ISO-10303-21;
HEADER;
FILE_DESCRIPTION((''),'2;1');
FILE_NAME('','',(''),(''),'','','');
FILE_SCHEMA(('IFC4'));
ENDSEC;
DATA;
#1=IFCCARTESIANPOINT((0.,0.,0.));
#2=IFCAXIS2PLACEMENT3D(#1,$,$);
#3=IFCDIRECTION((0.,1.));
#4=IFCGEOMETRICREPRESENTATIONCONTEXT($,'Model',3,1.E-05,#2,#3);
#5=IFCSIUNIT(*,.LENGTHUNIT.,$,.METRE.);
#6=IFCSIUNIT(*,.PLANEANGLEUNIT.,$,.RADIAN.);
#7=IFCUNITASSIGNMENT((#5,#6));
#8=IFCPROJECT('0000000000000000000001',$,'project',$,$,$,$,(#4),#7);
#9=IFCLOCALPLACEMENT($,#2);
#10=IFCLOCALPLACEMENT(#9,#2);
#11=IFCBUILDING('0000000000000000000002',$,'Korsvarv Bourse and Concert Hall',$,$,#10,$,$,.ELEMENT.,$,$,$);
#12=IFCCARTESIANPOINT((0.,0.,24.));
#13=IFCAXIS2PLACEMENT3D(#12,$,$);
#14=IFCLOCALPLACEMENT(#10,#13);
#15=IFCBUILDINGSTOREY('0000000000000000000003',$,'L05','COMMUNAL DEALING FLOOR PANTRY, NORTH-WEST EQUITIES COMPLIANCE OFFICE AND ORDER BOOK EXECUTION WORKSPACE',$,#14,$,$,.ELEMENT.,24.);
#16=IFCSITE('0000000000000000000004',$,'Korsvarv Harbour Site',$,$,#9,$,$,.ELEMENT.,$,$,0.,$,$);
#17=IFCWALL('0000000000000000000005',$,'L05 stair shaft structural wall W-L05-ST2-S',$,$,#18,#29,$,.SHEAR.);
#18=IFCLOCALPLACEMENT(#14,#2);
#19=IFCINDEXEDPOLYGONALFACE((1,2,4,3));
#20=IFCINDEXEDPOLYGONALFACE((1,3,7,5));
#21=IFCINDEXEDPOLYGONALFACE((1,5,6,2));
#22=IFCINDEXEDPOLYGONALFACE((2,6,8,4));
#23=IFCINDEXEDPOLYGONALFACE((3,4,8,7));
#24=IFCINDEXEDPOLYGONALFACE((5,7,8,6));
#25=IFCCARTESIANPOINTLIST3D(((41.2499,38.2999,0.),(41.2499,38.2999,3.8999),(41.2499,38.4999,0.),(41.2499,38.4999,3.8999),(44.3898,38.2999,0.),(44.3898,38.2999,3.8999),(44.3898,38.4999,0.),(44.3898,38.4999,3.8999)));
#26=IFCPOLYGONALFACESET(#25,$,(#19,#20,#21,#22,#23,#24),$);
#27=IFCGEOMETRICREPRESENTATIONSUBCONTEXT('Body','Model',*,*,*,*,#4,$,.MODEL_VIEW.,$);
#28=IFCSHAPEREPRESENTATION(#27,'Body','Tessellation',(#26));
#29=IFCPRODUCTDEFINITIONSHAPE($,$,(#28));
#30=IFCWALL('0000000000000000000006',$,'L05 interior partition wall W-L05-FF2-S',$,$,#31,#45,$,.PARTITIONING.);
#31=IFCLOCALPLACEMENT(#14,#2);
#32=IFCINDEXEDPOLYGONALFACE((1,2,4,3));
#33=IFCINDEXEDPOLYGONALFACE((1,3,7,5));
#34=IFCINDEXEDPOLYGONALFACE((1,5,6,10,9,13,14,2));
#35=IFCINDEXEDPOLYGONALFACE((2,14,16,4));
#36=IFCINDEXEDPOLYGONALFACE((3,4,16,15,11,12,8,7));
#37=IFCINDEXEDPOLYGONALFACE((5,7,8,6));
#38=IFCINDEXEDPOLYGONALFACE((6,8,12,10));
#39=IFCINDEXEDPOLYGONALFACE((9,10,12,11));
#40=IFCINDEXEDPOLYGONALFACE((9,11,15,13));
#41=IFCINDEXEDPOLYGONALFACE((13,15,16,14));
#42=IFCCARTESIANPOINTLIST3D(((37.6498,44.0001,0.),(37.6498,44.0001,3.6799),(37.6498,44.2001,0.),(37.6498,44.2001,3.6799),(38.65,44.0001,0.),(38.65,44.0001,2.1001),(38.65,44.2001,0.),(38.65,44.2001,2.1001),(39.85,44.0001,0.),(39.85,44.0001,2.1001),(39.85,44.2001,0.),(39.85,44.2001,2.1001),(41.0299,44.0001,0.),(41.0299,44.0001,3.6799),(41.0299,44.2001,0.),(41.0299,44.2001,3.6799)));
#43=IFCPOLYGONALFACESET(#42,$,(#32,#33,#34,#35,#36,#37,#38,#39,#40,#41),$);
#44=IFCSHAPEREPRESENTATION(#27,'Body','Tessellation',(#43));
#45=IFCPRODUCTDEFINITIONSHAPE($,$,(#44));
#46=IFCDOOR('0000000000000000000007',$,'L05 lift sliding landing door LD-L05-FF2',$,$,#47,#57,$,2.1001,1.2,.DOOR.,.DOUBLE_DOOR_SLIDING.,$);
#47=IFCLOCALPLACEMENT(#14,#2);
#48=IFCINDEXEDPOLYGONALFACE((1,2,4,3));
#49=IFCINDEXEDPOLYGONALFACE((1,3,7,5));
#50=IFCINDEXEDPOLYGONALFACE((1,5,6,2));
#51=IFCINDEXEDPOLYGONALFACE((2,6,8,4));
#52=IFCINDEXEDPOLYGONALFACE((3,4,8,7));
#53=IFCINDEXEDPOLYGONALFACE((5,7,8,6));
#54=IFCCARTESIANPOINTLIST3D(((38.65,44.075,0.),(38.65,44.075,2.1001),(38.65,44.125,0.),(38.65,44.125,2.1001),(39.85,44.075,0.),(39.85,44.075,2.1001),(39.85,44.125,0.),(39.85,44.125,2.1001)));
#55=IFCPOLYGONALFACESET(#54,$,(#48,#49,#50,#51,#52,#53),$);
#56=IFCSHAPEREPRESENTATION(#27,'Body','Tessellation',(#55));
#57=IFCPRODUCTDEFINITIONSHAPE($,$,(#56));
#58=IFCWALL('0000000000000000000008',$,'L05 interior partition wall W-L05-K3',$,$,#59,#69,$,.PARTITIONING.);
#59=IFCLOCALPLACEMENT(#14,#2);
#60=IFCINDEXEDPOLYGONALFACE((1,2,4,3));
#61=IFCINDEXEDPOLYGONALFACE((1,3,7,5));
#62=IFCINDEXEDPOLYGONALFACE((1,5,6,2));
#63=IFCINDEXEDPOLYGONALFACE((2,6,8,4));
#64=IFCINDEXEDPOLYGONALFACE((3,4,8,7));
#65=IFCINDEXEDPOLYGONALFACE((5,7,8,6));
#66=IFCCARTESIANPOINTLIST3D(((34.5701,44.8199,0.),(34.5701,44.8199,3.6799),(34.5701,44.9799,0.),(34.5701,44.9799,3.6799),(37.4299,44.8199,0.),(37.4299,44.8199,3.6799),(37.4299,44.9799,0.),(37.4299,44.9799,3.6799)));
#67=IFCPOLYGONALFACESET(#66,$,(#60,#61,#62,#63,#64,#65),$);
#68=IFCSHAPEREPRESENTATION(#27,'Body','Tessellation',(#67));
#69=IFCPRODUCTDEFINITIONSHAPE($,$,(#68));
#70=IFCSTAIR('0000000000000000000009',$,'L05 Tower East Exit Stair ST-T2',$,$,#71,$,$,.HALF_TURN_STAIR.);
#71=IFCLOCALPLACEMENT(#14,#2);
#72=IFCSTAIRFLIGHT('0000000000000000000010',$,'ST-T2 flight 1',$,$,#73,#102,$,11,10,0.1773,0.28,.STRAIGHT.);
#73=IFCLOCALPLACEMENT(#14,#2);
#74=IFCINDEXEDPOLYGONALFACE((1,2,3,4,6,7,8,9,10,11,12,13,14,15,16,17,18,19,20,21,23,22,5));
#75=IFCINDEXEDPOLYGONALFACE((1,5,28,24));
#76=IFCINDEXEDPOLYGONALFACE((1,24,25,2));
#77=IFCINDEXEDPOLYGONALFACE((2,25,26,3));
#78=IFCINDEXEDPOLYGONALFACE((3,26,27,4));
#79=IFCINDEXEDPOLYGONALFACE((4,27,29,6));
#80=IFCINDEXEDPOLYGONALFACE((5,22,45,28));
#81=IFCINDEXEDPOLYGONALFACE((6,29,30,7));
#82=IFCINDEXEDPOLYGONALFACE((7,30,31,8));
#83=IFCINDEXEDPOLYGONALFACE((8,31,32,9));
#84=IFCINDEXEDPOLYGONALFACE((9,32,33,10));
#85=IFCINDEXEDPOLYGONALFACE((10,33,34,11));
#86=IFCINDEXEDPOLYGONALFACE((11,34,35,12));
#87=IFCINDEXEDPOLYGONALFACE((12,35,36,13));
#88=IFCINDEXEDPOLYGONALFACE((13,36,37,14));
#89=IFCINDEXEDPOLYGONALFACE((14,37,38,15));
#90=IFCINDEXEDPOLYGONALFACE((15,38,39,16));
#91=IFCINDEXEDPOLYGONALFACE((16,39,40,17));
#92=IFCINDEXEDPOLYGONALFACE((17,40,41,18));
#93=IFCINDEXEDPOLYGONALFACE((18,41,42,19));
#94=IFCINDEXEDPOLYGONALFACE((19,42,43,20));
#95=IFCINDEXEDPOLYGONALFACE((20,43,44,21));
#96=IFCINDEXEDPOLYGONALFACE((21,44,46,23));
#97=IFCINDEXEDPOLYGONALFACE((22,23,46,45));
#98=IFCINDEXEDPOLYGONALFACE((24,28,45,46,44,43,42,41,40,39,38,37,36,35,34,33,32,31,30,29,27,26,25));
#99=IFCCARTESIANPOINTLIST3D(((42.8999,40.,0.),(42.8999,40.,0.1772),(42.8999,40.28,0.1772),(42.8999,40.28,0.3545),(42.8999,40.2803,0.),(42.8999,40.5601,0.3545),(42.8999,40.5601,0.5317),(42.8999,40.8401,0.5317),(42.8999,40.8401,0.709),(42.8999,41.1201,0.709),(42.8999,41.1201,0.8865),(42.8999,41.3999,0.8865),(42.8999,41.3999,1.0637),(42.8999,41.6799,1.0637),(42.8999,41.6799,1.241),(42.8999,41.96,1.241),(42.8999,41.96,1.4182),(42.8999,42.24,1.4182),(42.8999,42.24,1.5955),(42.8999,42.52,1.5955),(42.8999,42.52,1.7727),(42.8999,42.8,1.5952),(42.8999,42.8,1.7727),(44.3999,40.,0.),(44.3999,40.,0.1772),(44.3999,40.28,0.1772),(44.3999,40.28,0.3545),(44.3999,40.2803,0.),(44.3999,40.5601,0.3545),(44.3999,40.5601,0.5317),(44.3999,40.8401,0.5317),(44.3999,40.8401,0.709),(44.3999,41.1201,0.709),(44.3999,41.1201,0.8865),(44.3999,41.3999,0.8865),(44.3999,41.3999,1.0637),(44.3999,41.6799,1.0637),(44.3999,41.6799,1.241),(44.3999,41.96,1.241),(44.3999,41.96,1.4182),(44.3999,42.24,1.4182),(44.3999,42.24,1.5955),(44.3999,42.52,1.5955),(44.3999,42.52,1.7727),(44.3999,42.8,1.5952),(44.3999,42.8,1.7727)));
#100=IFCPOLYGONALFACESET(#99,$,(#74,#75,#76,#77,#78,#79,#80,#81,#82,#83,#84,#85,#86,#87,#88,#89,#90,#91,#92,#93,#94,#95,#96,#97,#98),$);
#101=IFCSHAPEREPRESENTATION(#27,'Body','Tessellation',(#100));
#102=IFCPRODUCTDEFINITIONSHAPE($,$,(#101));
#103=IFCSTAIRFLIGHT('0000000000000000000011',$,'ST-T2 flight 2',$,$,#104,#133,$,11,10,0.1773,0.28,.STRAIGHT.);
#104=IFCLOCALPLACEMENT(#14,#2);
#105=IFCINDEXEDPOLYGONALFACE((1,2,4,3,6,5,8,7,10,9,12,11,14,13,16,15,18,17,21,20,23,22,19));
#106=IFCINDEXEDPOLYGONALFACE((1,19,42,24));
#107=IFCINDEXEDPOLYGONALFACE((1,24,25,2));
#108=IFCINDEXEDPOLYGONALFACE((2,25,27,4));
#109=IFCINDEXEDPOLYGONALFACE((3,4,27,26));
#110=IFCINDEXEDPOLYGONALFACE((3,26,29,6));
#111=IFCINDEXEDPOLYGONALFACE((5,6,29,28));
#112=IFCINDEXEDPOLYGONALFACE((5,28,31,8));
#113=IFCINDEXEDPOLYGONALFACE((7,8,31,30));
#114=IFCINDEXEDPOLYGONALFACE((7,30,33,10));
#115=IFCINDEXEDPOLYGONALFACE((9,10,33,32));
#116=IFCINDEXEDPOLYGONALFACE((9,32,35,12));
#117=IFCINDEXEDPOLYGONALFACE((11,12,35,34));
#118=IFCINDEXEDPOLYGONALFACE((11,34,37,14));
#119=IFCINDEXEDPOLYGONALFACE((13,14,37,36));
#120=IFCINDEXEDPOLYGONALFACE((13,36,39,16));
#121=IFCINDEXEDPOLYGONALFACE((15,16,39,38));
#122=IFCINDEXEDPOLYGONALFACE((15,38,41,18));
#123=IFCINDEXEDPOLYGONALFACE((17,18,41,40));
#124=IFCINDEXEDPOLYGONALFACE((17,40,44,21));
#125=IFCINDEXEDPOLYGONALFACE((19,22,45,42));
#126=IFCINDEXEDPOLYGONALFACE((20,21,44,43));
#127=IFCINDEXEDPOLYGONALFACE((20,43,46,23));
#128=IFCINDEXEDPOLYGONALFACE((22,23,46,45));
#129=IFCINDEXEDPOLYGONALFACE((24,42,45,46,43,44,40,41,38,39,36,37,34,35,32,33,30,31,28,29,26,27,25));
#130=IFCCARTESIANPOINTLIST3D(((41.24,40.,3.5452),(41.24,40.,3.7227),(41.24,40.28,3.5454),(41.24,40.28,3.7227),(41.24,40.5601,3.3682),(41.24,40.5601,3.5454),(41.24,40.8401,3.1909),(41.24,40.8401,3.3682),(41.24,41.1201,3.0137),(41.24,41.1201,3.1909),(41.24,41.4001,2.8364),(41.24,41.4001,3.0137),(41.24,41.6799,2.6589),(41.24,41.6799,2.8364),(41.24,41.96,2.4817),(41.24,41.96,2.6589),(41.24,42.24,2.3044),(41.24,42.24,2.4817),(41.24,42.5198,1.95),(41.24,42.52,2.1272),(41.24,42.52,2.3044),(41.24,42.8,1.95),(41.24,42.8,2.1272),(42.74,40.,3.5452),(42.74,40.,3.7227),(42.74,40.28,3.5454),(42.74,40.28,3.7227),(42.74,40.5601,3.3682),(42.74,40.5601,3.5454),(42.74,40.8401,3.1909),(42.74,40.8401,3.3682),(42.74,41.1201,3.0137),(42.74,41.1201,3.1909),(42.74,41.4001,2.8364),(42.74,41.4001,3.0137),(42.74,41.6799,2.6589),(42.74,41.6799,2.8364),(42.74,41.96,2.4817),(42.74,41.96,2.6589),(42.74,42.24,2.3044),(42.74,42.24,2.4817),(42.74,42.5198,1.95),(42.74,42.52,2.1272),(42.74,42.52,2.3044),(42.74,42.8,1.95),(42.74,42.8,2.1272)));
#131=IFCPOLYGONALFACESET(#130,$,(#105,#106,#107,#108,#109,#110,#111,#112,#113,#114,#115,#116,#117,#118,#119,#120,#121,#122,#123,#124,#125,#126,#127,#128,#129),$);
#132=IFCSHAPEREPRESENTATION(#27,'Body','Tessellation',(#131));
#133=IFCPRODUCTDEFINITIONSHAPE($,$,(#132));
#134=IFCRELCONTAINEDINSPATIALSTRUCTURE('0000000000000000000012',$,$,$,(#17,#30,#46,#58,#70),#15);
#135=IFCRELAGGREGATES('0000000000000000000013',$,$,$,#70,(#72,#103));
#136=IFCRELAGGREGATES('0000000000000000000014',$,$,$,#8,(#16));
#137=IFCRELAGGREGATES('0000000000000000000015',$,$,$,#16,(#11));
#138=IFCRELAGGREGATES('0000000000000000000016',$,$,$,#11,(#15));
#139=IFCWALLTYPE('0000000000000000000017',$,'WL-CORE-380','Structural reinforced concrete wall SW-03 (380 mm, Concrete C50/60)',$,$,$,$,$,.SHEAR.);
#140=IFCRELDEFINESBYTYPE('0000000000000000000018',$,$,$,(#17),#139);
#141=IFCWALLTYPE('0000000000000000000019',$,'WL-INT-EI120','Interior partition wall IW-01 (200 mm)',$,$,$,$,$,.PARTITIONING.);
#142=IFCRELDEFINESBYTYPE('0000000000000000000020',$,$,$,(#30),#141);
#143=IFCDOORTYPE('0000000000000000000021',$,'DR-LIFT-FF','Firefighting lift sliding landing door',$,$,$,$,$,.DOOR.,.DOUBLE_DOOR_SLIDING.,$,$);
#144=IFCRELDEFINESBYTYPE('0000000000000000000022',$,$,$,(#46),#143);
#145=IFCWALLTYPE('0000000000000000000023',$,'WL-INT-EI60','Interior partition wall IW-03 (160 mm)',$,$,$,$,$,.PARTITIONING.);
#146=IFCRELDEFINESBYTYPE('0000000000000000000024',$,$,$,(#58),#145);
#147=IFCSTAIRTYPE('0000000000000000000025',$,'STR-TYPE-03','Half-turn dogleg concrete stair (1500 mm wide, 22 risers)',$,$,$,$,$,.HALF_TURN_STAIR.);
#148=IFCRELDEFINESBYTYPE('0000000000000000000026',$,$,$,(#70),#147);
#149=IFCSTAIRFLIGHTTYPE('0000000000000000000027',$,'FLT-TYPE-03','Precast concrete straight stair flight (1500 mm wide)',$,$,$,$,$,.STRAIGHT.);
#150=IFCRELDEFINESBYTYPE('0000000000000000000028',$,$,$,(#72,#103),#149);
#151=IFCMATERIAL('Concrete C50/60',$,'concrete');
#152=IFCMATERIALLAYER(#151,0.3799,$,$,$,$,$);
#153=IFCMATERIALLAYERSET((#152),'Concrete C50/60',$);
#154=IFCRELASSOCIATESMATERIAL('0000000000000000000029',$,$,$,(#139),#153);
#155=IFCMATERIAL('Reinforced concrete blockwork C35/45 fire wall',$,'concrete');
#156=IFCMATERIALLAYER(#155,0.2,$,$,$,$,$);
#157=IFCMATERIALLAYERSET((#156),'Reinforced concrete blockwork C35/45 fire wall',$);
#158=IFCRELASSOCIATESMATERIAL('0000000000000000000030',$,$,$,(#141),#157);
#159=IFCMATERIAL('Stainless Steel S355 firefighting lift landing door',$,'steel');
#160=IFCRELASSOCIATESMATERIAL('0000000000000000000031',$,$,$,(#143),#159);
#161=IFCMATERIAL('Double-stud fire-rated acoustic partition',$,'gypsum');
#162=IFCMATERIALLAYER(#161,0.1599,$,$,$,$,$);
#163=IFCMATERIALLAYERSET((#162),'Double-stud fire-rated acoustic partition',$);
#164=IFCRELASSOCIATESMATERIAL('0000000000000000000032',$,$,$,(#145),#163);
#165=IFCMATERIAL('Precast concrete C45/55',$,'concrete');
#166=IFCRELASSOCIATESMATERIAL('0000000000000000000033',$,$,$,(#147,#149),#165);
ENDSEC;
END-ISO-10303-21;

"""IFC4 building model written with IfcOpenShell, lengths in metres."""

from ifc_helpers import new_model, si_unit, direction, frame, frame_2d, origin, place, context, subcontext, project, spatial, polyline, rectangle, outline, extrude, material, layer, layer_set, type_object, element, fill, aggregate, save


model = new_model("IFC4")

# Units and contexts
model_context = context("Model", 3, precision=1e-05, world=origin(), true_north=direction((0.0, 1.0)))
body_context = subcontext(model_context, "Body", "Model", "MODEL_VIEW")
ifc_project = project(units=[si_unit("LENGTHUNIT", "METRE"), si_unit("PLANEANGLEUNIT", "RADIAN")], contexts=[model_context])

# Site, building, storey
site_placement = place(None, origin())
site = spatial("IfcSite", under=ifc_project, at=site_placement, Name="Korsvarv Harbour Site", CompositionType="ELEMENT", RefElevation=0.0)
building_placement = place(site_placement, origin())
building = spatial("IfcBuilding", under=site, at=building_placement, Name="Korsvarv Bourse and Concert Hall", CompositionType="ELEMENT")
storey_placement = place(building_placement, frame((0.0, 0.0, 24.0)))
storey = spatial("IfcBuildingStorey", under=building, at=storey_placement, Name="L05", Description="COMMUNAL DEALING FLOOR PANTRY, NORTH-WEST EQUITIES COMPLIANCE OFFICE AND ORDER BOOK EXECUTION WORKSPACE", CompositionType="ELEMENT", Elevation=24.0)

# Wall
ifc_material_1 = material(Name="Concrete C50/60", Category="concrete")
ifc_layer_1 = layer(ifc_material_1, 0.3799)
ifc_layer_set_1 = layer_set([ifc_layer_1], Name="Concrete C50/60")
wall_type_1 = type_object("IfcWallType", Name="WL-CORE-380", Description="Structural reinforced concrete wall SW-03 (380 mm, Concrete C50/60)", PredefinedType="SHEAR", material=ifc_layer_set_1)
for number, where, z_axis, x_axis, name in (
    (1, (41.25, 38.3999, 0.0), (0.0, 0.0, 1.0), (1.0, 0.0, 0.0), "L05 stair shaft structural wall W-L05-ST2-S"),
):
    element("IfcWall", number, at=place(storey_placement, frame(where, z_axis=z_axis, x_axis=x_axis)), inside=storey, type_object=wall_type_1, Name=name, PredefinedType="SHEAR", context=body_context, shape_type="SweptSolid", body=[
        extrude(rectangle(XDim=3.1399, YDim=0.2, at=frame_2d((1.5698, 0.0))), origin(), (0.0, 0.0, 1.0), 3.8999),
    ])

# Wall, opening, door
ifc_material_2 = material(Name="Reinforced concrete blockwork C35/45 fire wall", Category="concrete")
ifc_layer_2 = layer(ifc_material_2, 0.2)
ifc_layer_set_2 = layer_set([ifc_layer_2], Name="Reinforced concrete blockwork C35/45 fire wall")
wall_type_2 = type_object("IfcWallType", Name="WL-INT-EI120", Description="Interior partition wall IW-01 (200 mm)", PredefinedType="PARTITIONING", material=ifc_layer_set_2)
wall_1_placement = place(storey_placement, frame((37.6499, 44.1001, 0.0), z_axis=(0.0, 0.0, 1.0), x_axis=(1.0, 0.0, 0.0)))
wall_1 = element("IfcWall", 2, at=wall_1_placement, inside=storey, type_object=wall_type_2, Name="L05 interior partition wall W-L05-FF2-S", PredefinedType="PARTITIONING", context=body_context, shape_type="SweptSolid", body=[
    extrude(rectangle(XDim=3.3801, YDim=0.2, at=frame_2d((1.6899, 0.0))), origin(), (0.0, 0.0, 1.0), 3.6799),
])
opening_placement = place(wall_1_placement, frame((1.0, 0.0, 0.0)))
opening = element("IfcOpeningElement", 3, at=opening_placement, cuts=wall_1, PredefinedType="OPENING", context=body_context, shape_type="SweptSolid", body=[
    extrude(rectangle(XDim=1.2, YDim=2.1001, at=frame_2d((0.6001, 1.05))), frame((0.0, 0.1099, 0.0), z_axis=(0.0, -1.0, 0.0), x_axis=(1.0, 0.0, 0.0)), (0.0, 0.0, 1.0), 0.22),
])
ifc_material_3 = material(Name="Stainless Steel S355 firefighting lift landing door", Category="steel")
door_type = type_object("IfcDoorType", Name="DR-LIFT-FF", Description="Firefighting lift sliding landing door", OperationType="DOUBLE_DOOR_SLIDING", PredefinedType="DOOR", material=ifc_material_3)
door_placement = place(opening_placement, origin())
door = element("IfcDoor", 4, at=door_placement, inside=storey, type_object=door_type, Name="L05 lift sliding landing door LD-L05-FF2", OperationType="DOUBLE_DOOR_SLIDING", OverallHeight=2.1001, OverallWidth=1.2, PredefinedType="DOOR", context=body_context, shape_type="SweptSolid", body=[
    extrude(rectangle(XDim=1.2, YDim=2.1001, at=frame_2d((0.6001, 1.05))), frame((0.0, 0.0249, 0.0), z_axis=(0.0, -1.0, 0.0), x_axis=(1.0, 0.0, 0.0)), (0.0, 0.0, 1.0), 0.05),
])
fill(opening, door)

# Wall
ifc_material_4 = material(Name="Double-stud fire-rated acoustic partition", Category="gypsum")
ifc_layer_3 = layer(ifc_material_4, 0.1599)
ifc_layer_set_3 = layer_set([ifc_layer_3], Name="Double-stud fire-rated acoustic partition")
wall_type_3 = type_object("IfcWallType", Name="WL-INT-EI60", Description="Interior partition wall IW-03 (160 mm)", PredefinedType="PARTITIONING", material=ifc_layer_set_3)
wall_2_placement = place(storey_placement, frame((34.5701, 44.8999, 0.0), z_axis=(0.0, 0.0, 1.0), x_axis=(1.0, 0.0, 0.0)))
element("IfcWall", 5, at=wall_2_placement, inside=storey, type_object=wall_type_3, Name="L05 interior partition wall W-L05-K3", PredefinedType="PARTITIONING", context=body_context, shape_type="SweptSolid", body=[
    extrude(rectangle(XDim=2.8599, YDim=0.1599, at=frame_2d((1.4299, 0.0))), origin(), (0.0, 0.0, 1.0), 3.6799),
])

# Stair, stair flights
ifc_material_5 = material(Name="Precast concrete C45/55", Category="concrete")
stair_type = type_object("IfcStairType", Name="STR-TYPE-03", Description="Half-turn dogleg concrete stair (1500 mm wide, 22 risers)", PredefinedType="HALF_TURN_STAIR", material=ifc_material_5)
stair_placement = place(storey_placement, origin())
stair = element("IfcStair", 6, at=stair_placement, inside=storey, type_object=stair_type, Name="L05 Tower East Exit Stair ST-T2", PredefinedType="HALF_TURN_STAIR")
stair_flight_type = type_object("IfcStairFlightType", Name="FLT-TYPE-03", Description="Precast concrete straight stair flight (1500 mm wide)", PredefinedType="STRAIGHT", material=ifc_material_5)
stair_flight_1_placement = place(storey_placement, frame((43.6499, 40.0, 0.0), z_axis=(0.0, 0.0, 1.0), x_axis=(0.0, 1.0, 0.0)))
stair_flight_1 = element("IfcStairFlight", 7, at=stair_flight_1_placement, type_object=stair_flight_type, Name="ST-T2 flight 1", NumberOfRisers=11, NumberOfTreads=10, PredefinedType="STRAIGHT", RiserHeight=0.1773, TreadLength=0.28, context=body_context, shape_type="SweptSolid", body=[
    extrude(outline(polyline([(0.0, 0.0), (0.0, 0.1772), (0.28, 0.1772), (0.28, 0.3545), (0.5601, 0.3545), (0.5601, 0.5317), (0.8401, 0.5317), (0.8401, 0.709), (1.1201, 0.709), (1.1201, 0.8865), (1.3999, 0.8865), (1.3999, 1.0637), (1.6799, 1.0637), (1.6799, 1.241), (1.96, 1.241), (1.96, 1.4182), (2.24, 1.4182), (2.24, 1.5955), (2.52, 1.5955), (2.52, 1.7727), (2.8, 1.7727), (2.8, 1.95), (2.8, 1.5952), (0.2803, 0.0), (0.0, 0.0)])), frame((0.0, 0.75, 0.0), z_axis=(0.0, -1.0, 0.0), x_axis=(1.0, 0.0, 0.0)), (0.0, 0.0, 1.0), 1.5),
])
stair_flight_2_placement = place(storey_placement, frame((41.99, 42.8, 1.95), z_axis=(0.0, 0.0, 1.0), x_axis=(0.0, -1.0, 0.0)))
stair_flight_2 = element("IfcStairFlight", 8, at=stair_flight_2_placement, type_object=stair_flight_type, Name="ST-T2 flight 2", NumberOfRisers=11, NumberOfTreads=10, PredefinedType="STRAIGHT", RiserHeight=0.1773, TreadLength=0.28, context=body_context, shape_type="SweptSolid", body=[
    extrude(outline(polyline([(0.0, 0.0), (0.0, 0.1772), (0.28, 0.1772), (0.28, 0.3545), (0.5601, 0.3545), (0.5601, 0.5317), (0.8401, 0.5317), (0.8401, 0.709), (1.1201, 0.709), (1.1201, 0.8865), (1.3999, 0.8865), (1.3999, 1.0637), (1.6799, 1.0637), (1.6799, 1.241), (1.96, 1.241), (1.96, 1.4182), (2.24, 1.4182), (2.24, 1.5955), (2.52, 1.5955), (2.52, 1.7727), (2.8, 1.7727), (2.8, 1.95), (2.8, 1.5952), (0.2803, 0.0), (0.0, 0.0)])), frame((0.0, 0.75, 0.0), z_axis=(0.0, -1.0, 0.0), x_axis=(1.0, 0.0, 0.0)), (0.0, 0.0, 1.0), 1.5),
])
aggregate(stair, [stair_flight_1, stair_flight_2])

save(model, "model.ifc")
